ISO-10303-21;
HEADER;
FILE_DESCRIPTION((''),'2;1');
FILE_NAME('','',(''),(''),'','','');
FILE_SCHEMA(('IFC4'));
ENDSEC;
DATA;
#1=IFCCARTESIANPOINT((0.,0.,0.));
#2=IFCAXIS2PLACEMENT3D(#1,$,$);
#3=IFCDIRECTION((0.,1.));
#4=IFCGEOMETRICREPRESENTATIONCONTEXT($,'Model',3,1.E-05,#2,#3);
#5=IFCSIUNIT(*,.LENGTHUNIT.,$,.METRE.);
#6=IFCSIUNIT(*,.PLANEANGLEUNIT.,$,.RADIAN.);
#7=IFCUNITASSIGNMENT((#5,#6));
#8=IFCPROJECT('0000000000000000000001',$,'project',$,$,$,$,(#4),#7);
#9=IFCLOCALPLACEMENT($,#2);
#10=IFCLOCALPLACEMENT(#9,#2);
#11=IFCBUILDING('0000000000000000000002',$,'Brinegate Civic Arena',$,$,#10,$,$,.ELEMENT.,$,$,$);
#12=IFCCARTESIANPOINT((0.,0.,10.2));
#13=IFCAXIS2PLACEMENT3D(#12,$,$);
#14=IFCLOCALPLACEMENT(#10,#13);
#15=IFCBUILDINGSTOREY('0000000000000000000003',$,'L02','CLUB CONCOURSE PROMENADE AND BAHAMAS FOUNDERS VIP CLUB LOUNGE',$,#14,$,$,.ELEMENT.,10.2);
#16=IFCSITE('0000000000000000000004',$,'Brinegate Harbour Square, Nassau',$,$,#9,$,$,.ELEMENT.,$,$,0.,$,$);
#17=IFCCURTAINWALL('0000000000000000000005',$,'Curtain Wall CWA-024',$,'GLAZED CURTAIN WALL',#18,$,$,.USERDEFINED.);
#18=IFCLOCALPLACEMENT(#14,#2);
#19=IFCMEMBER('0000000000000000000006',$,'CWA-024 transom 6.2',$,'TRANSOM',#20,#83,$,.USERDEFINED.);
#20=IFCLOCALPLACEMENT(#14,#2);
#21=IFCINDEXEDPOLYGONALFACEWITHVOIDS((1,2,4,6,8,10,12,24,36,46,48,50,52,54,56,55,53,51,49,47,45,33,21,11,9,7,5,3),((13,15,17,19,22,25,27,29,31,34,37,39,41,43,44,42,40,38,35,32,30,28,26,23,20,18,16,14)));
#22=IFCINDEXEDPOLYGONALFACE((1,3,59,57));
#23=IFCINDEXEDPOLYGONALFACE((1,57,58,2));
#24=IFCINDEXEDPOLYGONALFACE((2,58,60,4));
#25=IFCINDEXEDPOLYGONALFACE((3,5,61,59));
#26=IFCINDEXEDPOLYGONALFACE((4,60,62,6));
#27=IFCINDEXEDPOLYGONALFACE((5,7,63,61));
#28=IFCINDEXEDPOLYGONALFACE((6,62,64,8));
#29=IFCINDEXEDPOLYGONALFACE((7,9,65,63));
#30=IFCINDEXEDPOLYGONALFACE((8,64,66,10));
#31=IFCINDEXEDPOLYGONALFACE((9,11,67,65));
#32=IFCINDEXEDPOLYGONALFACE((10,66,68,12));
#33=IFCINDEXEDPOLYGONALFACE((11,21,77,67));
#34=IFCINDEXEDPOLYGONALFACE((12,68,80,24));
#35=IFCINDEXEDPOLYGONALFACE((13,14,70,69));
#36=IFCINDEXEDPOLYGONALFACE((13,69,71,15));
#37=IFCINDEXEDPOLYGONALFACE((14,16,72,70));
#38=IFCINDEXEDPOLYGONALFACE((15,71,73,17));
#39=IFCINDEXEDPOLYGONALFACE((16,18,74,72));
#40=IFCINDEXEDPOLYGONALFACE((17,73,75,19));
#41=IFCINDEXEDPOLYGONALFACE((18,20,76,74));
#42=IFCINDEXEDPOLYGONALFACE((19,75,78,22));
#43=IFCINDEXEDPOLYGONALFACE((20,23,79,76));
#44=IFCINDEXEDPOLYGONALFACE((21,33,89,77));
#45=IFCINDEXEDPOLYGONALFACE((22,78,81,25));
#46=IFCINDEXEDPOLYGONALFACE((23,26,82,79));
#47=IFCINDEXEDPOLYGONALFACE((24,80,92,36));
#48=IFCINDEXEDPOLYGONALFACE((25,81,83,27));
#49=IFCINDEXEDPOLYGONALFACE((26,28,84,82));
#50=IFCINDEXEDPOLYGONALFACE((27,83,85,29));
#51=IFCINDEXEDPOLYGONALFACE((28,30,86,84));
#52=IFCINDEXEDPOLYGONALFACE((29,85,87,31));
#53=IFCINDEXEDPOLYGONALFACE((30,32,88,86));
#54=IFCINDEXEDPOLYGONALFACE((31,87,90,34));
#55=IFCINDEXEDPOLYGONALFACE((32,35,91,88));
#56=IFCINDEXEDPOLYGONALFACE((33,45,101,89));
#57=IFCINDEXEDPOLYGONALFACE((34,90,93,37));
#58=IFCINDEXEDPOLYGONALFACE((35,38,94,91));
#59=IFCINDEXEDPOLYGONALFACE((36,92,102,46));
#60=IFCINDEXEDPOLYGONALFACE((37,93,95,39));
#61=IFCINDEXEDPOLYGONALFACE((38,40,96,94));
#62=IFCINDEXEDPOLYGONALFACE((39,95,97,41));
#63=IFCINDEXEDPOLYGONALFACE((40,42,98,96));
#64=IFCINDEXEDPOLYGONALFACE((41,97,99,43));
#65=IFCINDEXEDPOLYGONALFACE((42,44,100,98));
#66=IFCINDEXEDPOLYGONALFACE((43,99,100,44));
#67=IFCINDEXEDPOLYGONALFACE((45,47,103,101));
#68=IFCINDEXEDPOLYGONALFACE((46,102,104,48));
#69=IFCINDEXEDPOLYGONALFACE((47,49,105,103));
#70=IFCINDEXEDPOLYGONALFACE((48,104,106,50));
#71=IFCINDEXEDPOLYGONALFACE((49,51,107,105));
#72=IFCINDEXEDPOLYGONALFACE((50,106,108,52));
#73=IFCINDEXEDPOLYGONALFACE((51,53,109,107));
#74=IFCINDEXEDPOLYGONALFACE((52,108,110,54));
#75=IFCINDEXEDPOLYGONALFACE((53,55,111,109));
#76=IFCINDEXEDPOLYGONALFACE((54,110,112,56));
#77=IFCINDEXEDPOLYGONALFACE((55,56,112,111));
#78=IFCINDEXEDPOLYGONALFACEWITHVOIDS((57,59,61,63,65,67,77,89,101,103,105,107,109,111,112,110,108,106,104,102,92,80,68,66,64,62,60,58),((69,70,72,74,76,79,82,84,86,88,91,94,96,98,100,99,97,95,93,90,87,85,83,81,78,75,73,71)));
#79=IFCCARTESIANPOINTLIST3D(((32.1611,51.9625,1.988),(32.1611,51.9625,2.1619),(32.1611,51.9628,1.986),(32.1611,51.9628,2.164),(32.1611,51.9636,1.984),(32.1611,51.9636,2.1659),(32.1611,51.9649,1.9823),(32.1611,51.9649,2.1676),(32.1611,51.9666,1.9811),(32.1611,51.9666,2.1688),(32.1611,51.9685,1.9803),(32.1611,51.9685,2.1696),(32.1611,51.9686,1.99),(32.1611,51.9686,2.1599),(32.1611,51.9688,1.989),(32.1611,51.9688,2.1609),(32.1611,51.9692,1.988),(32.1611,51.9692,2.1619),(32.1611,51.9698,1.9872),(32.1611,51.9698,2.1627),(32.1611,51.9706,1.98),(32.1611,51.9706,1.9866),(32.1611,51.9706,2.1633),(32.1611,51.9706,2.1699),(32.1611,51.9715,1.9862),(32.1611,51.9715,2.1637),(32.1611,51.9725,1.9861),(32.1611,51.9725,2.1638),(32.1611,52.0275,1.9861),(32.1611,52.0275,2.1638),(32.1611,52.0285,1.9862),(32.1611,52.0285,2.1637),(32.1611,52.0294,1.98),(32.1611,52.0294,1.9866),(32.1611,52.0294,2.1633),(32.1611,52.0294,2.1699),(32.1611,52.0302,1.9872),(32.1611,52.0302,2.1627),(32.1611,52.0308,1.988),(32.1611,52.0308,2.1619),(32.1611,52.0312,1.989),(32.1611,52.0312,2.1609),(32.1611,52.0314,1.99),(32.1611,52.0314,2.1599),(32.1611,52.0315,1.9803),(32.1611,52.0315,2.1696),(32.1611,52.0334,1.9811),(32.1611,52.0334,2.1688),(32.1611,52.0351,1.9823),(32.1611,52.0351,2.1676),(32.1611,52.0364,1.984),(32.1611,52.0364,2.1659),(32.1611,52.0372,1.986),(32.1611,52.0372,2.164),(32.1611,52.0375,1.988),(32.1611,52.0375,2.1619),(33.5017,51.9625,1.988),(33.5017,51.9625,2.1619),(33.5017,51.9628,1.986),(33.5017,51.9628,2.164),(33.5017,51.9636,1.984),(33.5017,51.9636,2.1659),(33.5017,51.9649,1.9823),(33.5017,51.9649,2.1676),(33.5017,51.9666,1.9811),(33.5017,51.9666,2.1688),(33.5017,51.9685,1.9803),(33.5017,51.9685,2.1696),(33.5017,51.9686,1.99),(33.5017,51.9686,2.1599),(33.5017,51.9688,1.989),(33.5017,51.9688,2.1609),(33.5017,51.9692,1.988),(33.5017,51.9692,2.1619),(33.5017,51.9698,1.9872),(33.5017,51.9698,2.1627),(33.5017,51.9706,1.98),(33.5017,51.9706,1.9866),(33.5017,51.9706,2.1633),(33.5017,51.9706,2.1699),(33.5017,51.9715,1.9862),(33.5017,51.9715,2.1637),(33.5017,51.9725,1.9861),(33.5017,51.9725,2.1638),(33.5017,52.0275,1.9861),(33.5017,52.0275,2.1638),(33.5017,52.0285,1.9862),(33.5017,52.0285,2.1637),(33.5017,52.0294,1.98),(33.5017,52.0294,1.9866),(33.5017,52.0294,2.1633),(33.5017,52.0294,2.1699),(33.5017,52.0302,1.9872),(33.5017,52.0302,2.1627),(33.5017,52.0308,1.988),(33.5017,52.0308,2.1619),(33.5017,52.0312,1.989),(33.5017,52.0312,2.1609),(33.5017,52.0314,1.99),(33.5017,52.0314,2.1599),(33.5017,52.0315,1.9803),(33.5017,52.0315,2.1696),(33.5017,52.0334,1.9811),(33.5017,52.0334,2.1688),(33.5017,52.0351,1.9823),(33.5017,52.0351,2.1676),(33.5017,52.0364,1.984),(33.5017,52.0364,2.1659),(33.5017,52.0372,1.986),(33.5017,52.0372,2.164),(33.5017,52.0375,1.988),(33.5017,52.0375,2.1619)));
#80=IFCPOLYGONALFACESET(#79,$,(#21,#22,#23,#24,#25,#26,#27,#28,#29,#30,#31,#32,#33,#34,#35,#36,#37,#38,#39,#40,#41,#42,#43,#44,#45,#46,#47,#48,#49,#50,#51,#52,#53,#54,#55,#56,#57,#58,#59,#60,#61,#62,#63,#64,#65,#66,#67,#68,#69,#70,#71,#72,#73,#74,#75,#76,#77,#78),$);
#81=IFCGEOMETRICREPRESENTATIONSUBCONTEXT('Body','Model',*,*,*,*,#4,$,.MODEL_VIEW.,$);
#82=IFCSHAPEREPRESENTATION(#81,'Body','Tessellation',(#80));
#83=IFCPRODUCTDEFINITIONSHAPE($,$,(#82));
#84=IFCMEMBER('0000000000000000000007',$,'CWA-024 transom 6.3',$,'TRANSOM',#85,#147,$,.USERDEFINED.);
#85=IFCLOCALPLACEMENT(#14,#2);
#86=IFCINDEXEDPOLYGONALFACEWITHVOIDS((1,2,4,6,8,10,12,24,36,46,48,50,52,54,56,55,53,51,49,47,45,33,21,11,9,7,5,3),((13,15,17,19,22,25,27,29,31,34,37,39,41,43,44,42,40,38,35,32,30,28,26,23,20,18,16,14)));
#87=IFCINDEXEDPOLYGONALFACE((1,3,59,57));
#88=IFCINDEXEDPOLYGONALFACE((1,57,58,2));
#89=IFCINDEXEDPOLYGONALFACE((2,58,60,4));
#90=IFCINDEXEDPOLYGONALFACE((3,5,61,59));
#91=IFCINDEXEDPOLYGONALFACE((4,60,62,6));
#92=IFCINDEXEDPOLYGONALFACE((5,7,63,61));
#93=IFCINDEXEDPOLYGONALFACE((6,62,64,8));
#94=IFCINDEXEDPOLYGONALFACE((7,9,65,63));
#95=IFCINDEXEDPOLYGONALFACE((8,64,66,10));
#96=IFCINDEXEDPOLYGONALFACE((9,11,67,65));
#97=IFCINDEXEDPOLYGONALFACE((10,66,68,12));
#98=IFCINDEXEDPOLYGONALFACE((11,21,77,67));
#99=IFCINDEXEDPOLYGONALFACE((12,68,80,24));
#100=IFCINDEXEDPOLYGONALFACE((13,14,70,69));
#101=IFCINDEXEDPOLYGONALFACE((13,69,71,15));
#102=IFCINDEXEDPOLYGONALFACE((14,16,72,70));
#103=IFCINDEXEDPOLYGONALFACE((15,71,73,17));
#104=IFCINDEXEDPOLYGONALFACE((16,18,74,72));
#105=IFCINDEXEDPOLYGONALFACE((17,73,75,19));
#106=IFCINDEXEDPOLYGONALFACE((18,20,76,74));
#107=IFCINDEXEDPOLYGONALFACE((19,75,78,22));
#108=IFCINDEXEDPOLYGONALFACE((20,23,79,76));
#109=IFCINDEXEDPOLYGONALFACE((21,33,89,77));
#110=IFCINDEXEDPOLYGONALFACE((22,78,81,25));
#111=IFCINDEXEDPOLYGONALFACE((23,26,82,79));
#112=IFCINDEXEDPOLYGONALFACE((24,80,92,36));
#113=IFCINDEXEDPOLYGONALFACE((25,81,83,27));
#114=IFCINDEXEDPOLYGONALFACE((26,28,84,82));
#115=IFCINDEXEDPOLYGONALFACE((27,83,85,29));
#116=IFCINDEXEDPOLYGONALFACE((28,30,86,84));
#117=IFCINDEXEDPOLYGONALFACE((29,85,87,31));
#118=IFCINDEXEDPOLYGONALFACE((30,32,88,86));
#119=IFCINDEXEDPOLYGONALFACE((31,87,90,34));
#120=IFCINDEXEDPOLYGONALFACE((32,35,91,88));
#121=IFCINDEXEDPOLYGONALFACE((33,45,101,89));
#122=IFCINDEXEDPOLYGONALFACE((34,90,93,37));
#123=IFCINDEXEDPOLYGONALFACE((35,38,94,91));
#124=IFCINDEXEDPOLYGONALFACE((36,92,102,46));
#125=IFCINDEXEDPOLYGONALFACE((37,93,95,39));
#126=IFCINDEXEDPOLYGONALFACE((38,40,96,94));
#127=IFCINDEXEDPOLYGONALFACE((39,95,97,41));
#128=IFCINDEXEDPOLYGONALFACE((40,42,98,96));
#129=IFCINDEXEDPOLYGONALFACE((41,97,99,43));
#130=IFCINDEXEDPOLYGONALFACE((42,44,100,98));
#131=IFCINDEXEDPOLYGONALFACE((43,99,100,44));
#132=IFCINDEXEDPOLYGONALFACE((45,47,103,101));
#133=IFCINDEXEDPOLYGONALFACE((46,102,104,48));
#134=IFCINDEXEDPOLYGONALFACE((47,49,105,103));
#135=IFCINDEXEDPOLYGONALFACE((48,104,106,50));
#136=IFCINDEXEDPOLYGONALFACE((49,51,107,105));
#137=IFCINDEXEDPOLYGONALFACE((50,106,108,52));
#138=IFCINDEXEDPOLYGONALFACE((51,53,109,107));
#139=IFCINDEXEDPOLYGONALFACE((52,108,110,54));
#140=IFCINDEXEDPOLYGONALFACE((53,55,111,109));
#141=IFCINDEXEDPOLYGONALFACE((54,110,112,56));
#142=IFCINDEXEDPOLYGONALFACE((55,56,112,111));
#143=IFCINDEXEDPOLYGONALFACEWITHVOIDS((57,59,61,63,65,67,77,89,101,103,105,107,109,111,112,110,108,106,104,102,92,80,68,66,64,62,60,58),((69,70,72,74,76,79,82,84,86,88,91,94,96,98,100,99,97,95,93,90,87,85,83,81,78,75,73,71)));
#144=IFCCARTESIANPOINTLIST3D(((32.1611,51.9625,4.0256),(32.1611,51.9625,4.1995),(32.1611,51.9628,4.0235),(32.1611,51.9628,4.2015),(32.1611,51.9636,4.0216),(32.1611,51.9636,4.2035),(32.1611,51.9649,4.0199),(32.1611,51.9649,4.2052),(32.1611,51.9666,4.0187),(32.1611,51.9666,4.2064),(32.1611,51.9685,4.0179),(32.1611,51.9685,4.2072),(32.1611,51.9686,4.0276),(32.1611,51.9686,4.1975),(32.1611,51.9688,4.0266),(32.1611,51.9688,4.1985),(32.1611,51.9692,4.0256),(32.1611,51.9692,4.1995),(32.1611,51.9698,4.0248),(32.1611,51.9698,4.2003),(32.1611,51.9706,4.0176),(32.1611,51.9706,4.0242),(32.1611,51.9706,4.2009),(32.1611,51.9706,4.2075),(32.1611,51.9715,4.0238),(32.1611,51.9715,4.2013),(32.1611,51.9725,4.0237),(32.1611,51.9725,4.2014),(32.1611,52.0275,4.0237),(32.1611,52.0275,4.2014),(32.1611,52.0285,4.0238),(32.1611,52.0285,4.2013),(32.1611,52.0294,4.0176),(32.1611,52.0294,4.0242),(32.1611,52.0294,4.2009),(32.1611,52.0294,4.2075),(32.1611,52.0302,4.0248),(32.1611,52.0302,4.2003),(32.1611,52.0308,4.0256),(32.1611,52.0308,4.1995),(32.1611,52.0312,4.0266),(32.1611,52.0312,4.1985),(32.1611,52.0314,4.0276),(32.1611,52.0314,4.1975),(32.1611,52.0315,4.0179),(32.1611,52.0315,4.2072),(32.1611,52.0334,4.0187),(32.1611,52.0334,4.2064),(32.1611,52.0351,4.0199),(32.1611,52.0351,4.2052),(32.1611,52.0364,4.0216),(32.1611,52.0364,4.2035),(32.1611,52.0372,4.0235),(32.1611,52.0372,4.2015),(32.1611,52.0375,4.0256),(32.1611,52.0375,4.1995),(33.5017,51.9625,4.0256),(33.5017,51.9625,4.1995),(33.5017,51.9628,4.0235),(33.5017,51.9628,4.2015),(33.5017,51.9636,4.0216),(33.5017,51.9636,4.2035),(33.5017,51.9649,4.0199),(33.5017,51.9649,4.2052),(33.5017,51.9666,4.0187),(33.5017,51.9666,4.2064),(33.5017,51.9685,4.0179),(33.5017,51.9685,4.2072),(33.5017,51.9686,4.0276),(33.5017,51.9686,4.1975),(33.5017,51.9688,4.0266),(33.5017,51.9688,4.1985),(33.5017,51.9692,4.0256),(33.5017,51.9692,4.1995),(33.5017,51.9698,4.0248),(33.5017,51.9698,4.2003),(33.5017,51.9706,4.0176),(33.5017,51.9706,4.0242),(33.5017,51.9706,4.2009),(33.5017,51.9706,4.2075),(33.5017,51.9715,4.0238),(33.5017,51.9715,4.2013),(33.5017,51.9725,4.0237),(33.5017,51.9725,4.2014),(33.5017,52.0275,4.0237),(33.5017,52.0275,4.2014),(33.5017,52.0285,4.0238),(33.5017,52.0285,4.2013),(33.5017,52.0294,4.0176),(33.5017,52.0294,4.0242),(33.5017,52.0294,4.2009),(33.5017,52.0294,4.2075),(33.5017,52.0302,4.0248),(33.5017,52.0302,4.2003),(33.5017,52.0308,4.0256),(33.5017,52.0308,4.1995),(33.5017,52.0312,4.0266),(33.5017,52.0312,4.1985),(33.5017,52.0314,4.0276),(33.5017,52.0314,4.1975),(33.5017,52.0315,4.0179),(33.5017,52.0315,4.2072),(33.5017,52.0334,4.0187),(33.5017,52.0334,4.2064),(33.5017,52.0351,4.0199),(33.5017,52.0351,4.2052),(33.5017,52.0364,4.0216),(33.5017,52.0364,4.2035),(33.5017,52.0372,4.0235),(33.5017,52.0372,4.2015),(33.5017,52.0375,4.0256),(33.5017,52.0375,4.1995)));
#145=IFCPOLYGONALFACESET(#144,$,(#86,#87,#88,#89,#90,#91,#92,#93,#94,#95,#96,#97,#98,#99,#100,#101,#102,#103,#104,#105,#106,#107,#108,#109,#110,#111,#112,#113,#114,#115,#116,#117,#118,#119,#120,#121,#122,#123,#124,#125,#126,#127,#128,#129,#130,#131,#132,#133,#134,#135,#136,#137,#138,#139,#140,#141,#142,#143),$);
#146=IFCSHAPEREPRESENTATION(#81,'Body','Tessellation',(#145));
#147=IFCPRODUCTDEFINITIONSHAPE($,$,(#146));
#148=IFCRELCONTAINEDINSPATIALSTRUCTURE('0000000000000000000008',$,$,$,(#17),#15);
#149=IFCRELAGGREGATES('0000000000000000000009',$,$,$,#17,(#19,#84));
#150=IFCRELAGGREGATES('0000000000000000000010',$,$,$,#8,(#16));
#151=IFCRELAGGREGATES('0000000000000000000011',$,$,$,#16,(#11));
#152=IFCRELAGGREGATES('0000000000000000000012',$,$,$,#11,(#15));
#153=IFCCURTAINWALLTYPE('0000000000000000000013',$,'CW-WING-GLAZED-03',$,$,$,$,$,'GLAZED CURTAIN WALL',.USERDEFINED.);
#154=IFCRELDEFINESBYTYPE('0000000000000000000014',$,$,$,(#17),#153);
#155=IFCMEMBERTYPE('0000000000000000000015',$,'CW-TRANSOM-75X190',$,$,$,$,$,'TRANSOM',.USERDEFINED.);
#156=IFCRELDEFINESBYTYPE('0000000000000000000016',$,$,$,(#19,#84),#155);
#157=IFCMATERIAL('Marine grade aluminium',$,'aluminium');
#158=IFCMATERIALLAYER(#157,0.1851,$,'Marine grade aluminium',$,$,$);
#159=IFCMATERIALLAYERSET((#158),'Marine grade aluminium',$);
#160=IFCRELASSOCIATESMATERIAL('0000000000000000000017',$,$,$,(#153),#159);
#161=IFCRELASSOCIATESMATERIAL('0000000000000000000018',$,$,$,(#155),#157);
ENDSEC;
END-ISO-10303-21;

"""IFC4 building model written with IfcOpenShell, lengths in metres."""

from ifc_helpers import new_model, si_unit, direction, frame, origin, origin_2d, place, context, subcontext, project, spatial, hollow_rectangle, extrude, material, layer, layer_set, material_profile, profile_set, type_object, element, aggregate, save


model = new_model("IFC4")

# Units and contexts
model_context = context("Model", 3, precision=1e-05, world=origin(), true_north=direction((0.0, 1.0)))
body_context = subcontext(model_context, "Body", "Model", "MODEL_VIEW")
ifc_project = project(units=[si_unit("LENGTHUNIT", "METRE"), si_unit("PLANEANGLEUNIT", "RADIAN")], contexts=[model_context])

# Site, building, storey
site_placement = place(None, origin())
site = spatial("IfcSite", under=ifc_project, at=site_placement, Name="Brinegate Harbour Square, Nassau", CompositionType="ELEMENT", RefElevation=0.0)
building_placement = place(site_placement, origin())
building = spatial("IfcBuilding", under=site, at=building_placement, Name="Brinegate Civic Arena", CompositionType="ELEMENT")
storey_placement = place(building_placement, frame((0.0, 0.0, 10.2)))
storey = spatial("IfcBuildingStorey", under=building, at=storey_placement, Name="L02", Description="CLUB CONCOURSE PROMENADE AND BAHAMAS FOUNDERS VIP CLUB LOUNGE", CompositionType="ELEMENT", Elevation=10.2)

# Curtain wall
ifc_material_1 = material(Name="Marine grade aluminium", Category="aluminium")
ifc_layer_1 = layer(ifc_material_1, 0.1851, Name="Marine grade aluminium")
ifc_layer_set_1 = layer_set([ifc_layer_1], Name="Marine grade aluminium")
curtain_wall_type = type_object("IfcCurtainWallType", Name="CW-WING-GLAZED-03", ElementType="GLAZED CURTAIN WALL", PredefinedType="USERDEFINED", material=ifc_layer_set_1)
curtain_wall_1_placement = place(storey_placement, origin())
curtain_wall_1 = element("IfcCurtainWall", 1, at=curtain_wall_1_placement, inside=storey, type_object=curtain_wall_type, Name="Curtain Wall CWA-024", ObjectType="GLAZED CURTAIN WALL", PredefinedType="USERDEFINED")

# Members
ifc_material_profile_1 = material_profile(ifc_material_1, hollow_rectangle(XDim=0.075, YDim=0.1899, WallThickness=0.0061, InnerFilletRadius=0.0039, OuterFilletRadius=0.0081, at=origin_2d()), Name="TRN75X190")
ifc_profile_set_1 = profile_set([ifc_material_profile_1], Name="Marine grade aluminium")
member_type_1 = type_object("IfcMemberType", Name="CW-TRANSOM-75X190", ElementType="TRANSOM", PredefinedType="USERDEFINED", material=ifc_profile_set_1)
member_1_placement = place(storey_placement, frame((32.1611, 52.0, 2.075), z_axis=(1.0, 0.0, 0.0), x_axis=(0.0, 1.0, 0.0)))
member_1 = element("IfcMember", 2, at=member_1_placement, type_object=member_type_1, Name="CWA-024 transom 6.2", ObjectType="TRANSOM", PredefinedType="USERDEFINED", context=body_context, shape_type="SweptSolid", body=[
    extrude(hollow_rectangle(XDim=0.075, YDim=0.1899, WallThickness=0.0061, InnerFilletRadius=0.0039, OuterFilletRadius=0.0081, at=origin_2d()), origin(), (0.0, 0.0, 1.0), 1.3406),
])
member_2_placement = place(storey_placement, frame((32.1611, 52.0, 4.1125), z_axis=(1.0, 0.0, 0.0), x_axis=(0.0, 1.0, 0.0)))
member_2 = element("IfcMember", 3, at=member_2_placement, type_object=member_type_1, Name="CWA-024 transom 6.3", ObjectType="TRANSOM", PredefinedType="USERDEFINED", context=body_context, shape_type="SweptSolid", body=[
    extrude(hollow_rectangle(XDim=0.075, YDim=0.1899, WallThickness=0.0061, InnerFilletRadius=0.0039, OuterFilletRadius=0.0081, at=origin_2d()), origin(), (0.0, 0.0, 1.0), 1.3406),
])

aggregate(curtain_wall_1, [member_1, member_2])

save(model, "model.ifc")
